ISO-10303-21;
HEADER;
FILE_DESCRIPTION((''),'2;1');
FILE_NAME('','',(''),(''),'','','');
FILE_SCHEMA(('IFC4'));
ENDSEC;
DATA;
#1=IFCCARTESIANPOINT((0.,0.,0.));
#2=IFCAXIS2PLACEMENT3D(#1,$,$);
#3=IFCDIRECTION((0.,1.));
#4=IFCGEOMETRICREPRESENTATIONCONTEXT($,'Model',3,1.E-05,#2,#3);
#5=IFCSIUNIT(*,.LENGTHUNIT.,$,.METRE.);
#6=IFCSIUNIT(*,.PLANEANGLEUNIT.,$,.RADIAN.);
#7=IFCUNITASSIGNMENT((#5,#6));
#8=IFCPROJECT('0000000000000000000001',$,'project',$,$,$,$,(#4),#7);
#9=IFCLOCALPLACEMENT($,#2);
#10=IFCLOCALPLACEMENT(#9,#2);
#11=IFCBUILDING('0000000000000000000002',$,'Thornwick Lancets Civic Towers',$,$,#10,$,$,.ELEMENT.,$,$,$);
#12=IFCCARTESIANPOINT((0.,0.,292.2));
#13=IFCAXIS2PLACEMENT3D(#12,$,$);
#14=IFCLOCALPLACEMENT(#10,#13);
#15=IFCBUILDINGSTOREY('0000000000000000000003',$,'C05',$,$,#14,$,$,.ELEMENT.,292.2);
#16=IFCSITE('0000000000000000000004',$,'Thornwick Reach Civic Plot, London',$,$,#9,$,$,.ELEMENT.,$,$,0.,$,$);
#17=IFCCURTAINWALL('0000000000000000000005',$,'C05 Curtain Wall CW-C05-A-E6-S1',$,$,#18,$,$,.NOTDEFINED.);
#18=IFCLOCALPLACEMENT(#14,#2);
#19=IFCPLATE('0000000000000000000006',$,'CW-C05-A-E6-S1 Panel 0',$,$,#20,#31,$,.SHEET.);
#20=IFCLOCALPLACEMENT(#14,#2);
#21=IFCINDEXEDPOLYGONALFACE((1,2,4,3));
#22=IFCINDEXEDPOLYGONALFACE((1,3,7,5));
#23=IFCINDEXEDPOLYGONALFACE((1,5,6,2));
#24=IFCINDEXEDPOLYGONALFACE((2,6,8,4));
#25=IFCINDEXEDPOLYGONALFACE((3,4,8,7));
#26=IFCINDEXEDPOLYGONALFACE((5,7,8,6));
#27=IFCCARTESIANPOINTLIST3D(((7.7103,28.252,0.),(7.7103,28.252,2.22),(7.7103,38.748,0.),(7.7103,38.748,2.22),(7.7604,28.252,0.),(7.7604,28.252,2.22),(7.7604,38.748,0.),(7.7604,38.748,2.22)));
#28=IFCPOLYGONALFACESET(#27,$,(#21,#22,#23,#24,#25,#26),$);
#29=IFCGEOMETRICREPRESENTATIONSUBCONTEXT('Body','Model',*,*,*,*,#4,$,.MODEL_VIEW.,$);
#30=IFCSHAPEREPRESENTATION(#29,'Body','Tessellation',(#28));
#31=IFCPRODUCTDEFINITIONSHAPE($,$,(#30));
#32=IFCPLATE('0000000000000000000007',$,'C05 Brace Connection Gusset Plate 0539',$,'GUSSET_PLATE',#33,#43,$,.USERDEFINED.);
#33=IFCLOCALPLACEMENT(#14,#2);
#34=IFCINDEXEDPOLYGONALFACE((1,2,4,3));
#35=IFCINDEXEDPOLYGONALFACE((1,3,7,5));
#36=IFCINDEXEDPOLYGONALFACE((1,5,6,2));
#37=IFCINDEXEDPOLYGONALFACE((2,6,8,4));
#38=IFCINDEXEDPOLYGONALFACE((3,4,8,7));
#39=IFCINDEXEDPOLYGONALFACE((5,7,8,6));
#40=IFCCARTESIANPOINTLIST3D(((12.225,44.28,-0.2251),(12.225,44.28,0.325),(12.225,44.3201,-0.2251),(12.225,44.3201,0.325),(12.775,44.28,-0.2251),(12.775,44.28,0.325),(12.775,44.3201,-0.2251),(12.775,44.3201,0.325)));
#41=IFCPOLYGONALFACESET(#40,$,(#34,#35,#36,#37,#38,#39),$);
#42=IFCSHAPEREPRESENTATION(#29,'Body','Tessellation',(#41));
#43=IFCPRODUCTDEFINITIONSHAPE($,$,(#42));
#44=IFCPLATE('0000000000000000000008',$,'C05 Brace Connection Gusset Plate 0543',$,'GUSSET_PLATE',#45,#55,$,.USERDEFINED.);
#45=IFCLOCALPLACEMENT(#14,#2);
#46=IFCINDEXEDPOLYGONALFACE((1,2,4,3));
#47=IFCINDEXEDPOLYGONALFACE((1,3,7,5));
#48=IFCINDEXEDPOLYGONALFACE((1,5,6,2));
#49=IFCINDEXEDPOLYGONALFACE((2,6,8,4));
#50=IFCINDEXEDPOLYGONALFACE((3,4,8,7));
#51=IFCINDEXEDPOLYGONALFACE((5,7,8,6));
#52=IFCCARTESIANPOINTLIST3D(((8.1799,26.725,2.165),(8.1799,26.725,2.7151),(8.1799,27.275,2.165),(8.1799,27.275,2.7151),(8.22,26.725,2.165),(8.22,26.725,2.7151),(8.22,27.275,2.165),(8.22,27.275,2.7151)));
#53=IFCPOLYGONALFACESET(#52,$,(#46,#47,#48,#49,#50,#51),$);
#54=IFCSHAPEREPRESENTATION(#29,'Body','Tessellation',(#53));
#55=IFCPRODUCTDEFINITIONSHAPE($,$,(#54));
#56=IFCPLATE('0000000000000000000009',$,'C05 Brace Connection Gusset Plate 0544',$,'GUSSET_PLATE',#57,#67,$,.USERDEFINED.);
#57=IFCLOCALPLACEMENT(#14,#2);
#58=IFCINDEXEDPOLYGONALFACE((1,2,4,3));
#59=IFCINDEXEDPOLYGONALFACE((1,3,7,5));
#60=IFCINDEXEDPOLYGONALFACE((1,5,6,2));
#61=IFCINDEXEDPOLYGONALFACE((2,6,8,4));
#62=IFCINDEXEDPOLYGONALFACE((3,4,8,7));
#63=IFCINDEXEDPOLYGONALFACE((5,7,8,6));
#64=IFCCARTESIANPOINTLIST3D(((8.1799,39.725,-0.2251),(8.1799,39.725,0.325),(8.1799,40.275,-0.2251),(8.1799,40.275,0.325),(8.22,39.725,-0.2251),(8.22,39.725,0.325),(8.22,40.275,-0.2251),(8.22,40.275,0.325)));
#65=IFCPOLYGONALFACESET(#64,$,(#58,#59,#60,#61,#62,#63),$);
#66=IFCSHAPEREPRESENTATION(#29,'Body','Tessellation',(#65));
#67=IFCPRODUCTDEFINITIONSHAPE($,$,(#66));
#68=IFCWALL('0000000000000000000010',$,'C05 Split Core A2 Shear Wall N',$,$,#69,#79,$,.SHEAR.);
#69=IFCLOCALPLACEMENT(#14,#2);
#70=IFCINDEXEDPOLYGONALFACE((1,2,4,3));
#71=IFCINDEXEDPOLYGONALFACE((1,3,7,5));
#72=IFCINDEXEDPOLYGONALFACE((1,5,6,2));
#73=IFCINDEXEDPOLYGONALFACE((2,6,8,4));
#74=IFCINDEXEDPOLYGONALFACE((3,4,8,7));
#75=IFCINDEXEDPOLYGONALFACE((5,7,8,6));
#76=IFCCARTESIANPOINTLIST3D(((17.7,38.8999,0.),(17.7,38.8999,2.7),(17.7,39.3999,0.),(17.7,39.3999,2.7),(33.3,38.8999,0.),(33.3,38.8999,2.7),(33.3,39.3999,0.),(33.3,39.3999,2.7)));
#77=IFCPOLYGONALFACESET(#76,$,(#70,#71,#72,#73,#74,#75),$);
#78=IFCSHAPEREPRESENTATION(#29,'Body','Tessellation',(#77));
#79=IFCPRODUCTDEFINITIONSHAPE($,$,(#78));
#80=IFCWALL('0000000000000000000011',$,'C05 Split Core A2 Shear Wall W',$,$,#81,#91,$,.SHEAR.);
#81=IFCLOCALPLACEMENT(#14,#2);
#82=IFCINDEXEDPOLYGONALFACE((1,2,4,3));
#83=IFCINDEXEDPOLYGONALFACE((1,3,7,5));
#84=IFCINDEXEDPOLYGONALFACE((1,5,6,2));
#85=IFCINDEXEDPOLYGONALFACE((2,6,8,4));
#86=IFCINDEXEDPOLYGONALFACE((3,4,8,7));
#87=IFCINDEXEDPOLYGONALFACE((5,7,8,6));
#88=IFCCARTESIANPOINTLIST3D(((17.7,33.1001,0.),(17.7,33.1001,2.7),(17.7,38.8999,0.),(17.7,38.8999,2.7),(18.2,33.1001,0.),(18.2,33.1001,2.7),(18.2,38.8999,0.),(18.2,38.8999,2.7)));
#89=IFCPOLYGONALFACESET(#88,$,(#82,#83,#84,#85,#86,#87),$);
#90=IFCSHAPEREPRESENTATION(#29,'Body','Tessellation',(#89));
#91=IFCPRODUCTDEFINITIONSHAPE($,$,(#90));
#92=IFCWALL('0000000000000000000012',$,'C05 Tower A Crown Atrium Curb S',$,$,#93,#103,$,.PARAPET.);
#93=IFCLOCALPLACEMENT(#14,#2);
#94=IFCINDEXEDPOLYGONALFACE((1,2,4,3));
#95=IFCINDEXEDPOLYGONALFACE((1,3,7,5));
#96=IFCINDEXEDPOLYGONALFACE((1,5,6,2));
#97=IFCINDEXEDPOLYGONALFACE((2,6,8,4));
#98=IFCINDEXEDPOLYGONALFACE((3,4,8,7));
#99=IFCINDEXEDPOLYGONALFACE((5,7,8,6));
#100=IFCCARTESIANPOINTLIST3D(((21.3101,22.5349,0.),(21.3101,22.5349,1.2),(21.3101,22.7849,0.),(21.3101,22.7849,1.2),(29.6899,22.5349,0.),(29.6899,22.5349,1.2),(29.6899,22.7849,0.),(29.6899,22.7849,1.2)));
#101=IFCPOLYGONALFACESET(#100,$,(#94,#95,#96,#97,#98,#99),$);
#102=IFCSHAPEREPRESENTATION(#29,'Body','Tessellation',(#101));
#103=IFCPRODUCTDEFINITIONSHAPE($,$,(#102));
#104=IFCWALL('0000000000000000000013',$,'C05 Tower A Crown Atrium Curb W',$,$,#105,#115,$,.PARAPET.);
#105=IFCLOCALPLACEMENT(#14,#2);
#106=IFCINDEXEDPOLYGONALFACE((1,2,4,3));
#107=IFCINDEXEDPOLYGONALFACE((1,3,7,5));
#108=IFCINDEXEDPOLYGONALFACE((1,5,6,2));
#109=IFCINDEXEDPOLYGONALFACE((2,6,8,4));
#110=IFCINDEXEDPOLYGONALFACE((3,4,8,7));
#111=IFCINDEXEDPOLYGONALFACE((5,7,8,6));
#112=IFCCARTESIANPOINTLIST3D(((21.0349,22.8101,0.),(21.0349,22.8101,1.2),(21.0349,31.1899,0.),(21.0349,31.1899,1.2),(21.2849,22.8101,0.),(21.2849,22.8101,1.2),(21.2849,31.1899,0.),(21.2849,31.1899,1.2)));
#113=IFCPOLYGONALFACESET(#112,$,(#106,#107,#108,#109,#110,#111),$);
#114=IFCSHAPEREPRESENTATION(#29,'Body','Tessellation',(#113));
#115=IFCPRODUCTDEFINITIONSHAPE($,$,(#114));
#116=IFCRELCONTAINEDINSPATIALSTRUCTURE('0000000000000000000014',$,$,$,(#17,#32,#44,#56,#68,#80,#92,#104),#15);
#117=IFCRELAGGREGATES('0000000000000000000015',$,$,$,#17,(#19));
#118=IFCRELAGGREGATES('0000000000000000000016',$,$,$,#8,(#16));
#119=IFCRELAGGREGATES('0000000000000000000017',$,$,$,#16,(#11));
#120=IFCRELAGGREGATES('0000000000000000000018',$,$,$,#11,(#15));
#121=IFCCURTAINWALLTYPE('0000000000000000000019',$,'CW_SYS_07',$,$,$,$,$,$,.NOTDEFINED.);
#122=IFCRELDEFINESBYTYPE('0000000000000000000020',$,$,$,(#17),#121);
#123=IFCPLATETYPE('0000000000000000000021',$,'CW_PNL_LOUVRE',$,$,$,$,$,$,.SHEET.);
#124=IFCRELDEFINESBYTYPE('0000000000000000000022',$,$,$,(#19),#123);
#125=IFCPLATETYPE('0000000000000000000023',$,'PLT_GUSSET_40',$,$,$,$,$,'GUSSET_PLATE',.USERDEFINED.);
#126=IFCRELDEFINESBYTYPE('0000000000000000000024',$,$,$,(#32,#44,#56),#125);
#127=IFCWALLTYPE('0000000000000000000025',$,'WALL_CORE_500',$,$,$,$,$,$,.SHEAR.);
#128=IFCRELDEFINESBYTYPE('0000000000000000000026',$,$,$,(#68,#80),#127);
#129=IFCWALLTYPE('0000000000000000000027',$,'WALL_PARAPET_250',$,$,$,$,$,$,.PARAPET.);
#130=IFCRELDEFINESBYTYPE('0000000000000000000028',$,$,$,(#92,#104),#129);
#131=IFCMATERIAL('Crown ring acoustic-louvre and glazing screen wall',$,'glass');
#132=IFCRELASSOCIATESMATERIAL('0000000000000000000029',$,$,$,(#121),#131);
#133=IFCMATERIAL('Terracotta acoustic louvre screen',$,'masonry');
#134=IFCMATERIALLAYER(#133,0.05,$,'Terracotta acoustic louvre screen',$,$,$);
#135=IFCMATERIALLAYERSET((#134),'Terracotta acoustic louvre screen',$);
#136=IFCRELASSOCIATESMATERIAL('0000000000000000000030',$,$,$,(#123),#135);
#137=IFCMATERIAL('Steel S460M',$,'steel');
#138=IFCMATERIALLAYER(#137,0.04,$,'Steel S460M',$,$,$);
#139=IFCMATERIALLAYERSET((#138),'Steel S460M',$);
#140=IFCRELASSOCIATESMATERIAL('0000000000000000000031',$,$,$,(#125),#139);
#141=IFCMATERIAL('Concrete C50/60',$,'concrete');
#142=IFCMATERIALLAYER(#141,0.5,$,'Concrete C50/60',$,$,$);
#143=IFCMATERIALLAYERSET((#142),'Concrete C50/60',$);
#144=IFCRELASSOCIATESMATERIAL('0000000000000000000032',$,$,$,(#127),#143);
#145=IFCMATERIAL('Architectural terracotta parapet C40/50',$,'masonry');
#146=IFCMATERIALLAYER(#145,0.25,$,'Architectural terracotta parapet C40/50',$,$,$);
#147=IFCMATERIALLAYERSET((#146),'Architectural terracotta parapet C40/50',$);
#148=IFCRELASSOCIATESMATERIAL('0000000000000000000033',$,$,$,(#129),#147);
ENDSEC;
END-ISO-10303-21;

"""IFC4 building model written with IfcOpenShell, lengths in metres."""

from ifc_helpers import new_model, si_unit, direction, frame, frame_2d, origin, origin_2d, place, context, subcontext, project, spatial, rectangle, extrude, material, layer, layer_set, type_object, element, aggregate, save


model = new_model("IFC4")

# Units and contexts
model_context = context("Model", 3, precision=1e-05, world=origin(), true_north=direction((0.0, 1.0)))
body_context = subcontext(model_context, "Body", "Model", "MODEL_VIEW")
ifc_project = project(units=[si_unit("LENGTHUNIT", "METRE"), si_unit("PLANEANGLEUNIT", "RADIAN")], contexts=[model_context])

# Site, building, storey
site_placement = place(None, origin())
site = spatial("IfcSite", under=ifc_project, at=site_placement, Name="Thornwick Reach Civic Plot, London", CompositionType="ELEMENT", RefElevation=0.0)
building_placement = place(site_placement, origin())
building = spatial("IfcBuilding", under=site, at=building_placement, Name="Thornwick Lancets Civic Towers", CompositionType="ELEMENT")
storey_placement = place(building_placement, frame((0.0, 0.0, 292.2)))
storey = spatial("IfcBuildingStorey", under=building, at=storey_placement, Name="C05", CompositionType="ELEMENT", Elevation=292.2)

# Curtain wall
ifc_material_1 = material(Name="Crown ring acoustic-louvre and glazing screen wall", Category="glass")
curtain_wall_type = type_object("IfcCurtainWallType", Name="CW_SYS_07", PredefinedType="NOTDEFINED", material=ifc_material_1)
curtain_wall_1_placement = place(storey_placement, origin())
curtain_wall_1 = element("IfcCurtainWall", 1, at=curtain_wall_1_placement, inside=storey, type_object=curtain_wall_type, Name="C05 Curtain Wall CW-C05-A-E6-S1", PredefinedType="NOTDEFINED")

# Plate
ifc_material_2 = material(Name="Terracotta acoustic louvre screen", Category="masonry")
ifc_layer_1 = layer(ifc_material_2, 0.05, Name="Terracotta acoustic louvre screen")
ifc_layer_set_1 = layer_set([ifc_layer_1], Name="Terracotta acoustic louvre screen")
plate_type_1 = type_object("IfcPlateType", Name="CW_PNL_LOUVRE", PredefinedType="SHEET", material=ifc_layer_set_1)
plate_1_placement = place(storey_placement, frame((7.7354, 33.5, 0.0), z_axis=(0.0, 0.0, 1.0), x_axis=(0.0, -1.0, 0.0)))
plate_1 = element("IfcPlate", 2, at=plate_1_placement, type_object=plate_type_1, Name="CW-C05-A-E6-S1 Panel 0", PredefinedType="SHEET", context=body_context, shape_type="SweptSolid", body=[
    extrude(rectangle(XDim=10.4961, YDim=0.05, at=origin_2d()), origin(), (0.0, 0.0, 1.0), 2.22),
])
aggregate(curtain_wall_1, [plate_1])

# Plates
ifc_material_3 = material(Name="Steel S460M", Category="steel")
ifc_layer_2 = layer(ifc_material_3, 0.04, Name="Steel S460M")
ifc_layer_set_2 = layer_set([ifc_layer_2], Name="Steel S460M")
plate_type_2 = type_object("IfcPlateType", Name="PLT_GUSSET_40", ElementType="GUSSET_PLATE", PredefinedType="USERDEFINED", material=ifc_layer_set_2)
for number, where, z_axis, x_axis, name in (
    (3, (12.5, 44.3, -0.2251), (0.0, 0.0, 1.0), (1.0, 0.0, 0.0), "C05 Brace Connection Gusset Plate 0539"),
    (4, (8.2, 27.0, 2.165), (0.0, 0.0, 1.0), (0.0, 1.0, 0.0), "C05 Brace Connection Gusset Plate 0543"),
    (5, (8.2, 40.0, -0.2251), (0.0, 0.0, 1.0), (0.0, -1.0, 0.0), "C05 Brace Connection Gusset Plate 0544"),
):
    element("IfcPlate", number, at=place(storey_placement, frame(where, z_axis=z_axis, x_axis=x_axis)), inside=storey, type_object=plate_type_2, Name=name, ObjectType="GUSSET_PLATE", PredefinedType="USERDEFINED", context=body_context, shape_type="SweptSolid", body=[
        extrude(rectangle(XDim=0.55, YDim=0.04, at=origin_2d()), origin(), (0.0, 0.0, 1.0), 0.55),
    ])

# Walls
ifc_material_4 = material(Name="Concrete C50/60", Category="concrete")
ifc_layer_3 = layer(ifc_material_4, 0.5, Name="Concrete C50/60")
ifc_layer_set_3 = layer_set([ifc_layer_3], Name="Concrete C50/60")
wall_type_1 = type_object("IfcWallType", Name="WALL_CORE_500", PredefinedType="SHEAR", material=ifc_layer_set_3)
wall_1_placement = place(storey_placement, frame((17.7, 39.1499, 0.0), z_axis=(0.0, 0.0, 1.0), x_axis=(1.0, 0.0, 0.0)))
element("IfcWall", 6, at=wall_1_placement, inside=storey, type_object=wall_type_1, Name="C05 Split Core A2 Shear Wall N", PredefinedType="SHEAR", context=body_context, shape_type="SweptSolid", body=[
    extrude(rectangle(XDim=15.6001, YDim=0.5, at=frame_2d((7.8, 0.0))), origin(), (0.0, 0.0, 1.0), 2.7),
])
wall_2_placement = place(storey_placement, frame((17.95, 33.1001, 0.0), z_axis=(0.0, 0.0, 1.0), x_axis=(0.0, 1.0, 0.0)))
element("IfcWall", 7, at=wall_2_placement, inside=storey, type_object=wall_type_1, Name="C05 Split Core A2 Shear Wall W", PredefinedType="SHEAR", context=body_context, shape_type="SweptSolid", body=[
    extrude(rectangle(XDim=5.7998, YDim=0.5, at=frame_2d((2.8999, 0.0))), origin(), (0.0, 0.0, 1.0), 2.7),
])
ifc_material_5 = material(Name="Architectural terracotta parapet C40/50", Category="masonry")
ifc_layer_4 = layer(ifc_material_5, 0.25, Name="Architectural terracotta parapet C40/50")
ifc_layer_set_4 = layer_set([ifc_layer_4], Name="Architectural terracotta parapet C40/50")
wall_type_2 = type_object("IfcWallType", Name="WALL_PARAPET_250", PredefinedType="PARAPET", material=ifc_layer_set_4)
for number, where, z_axis, x_axis, name in (
    (8, (21.3101, 22.6599, 0.0), (0.0, 0.0, 1.0), (1.0, 0.0, 0.0), "C05 Tower A Crown Atrium Curb S"),
    (9, (21.1599, 31.1899, 0.0), (0.0, 0.0, 1.0), (0.0, -1.0, 0.0), "C05 Tower A Crown Atrium Curb W"),
):
    element("IfcWall", number, at=place(storey_placement, frame(where, z_axis=z_axis, x_axis=x_axis)), inside=storey, type_object=wall_type_2, Name=name, PredefinedType="PARAPET", context=body_context, shape_type="SweptSolid", body=[
        extrude(rectangle(XDim=8.3799, YDim=0.25, at=frame_2d((4.1899, 0.0))), origin(), (0.0, 0.0, 1.0), 1.2),
    ])

save(model, "model.ifc")
